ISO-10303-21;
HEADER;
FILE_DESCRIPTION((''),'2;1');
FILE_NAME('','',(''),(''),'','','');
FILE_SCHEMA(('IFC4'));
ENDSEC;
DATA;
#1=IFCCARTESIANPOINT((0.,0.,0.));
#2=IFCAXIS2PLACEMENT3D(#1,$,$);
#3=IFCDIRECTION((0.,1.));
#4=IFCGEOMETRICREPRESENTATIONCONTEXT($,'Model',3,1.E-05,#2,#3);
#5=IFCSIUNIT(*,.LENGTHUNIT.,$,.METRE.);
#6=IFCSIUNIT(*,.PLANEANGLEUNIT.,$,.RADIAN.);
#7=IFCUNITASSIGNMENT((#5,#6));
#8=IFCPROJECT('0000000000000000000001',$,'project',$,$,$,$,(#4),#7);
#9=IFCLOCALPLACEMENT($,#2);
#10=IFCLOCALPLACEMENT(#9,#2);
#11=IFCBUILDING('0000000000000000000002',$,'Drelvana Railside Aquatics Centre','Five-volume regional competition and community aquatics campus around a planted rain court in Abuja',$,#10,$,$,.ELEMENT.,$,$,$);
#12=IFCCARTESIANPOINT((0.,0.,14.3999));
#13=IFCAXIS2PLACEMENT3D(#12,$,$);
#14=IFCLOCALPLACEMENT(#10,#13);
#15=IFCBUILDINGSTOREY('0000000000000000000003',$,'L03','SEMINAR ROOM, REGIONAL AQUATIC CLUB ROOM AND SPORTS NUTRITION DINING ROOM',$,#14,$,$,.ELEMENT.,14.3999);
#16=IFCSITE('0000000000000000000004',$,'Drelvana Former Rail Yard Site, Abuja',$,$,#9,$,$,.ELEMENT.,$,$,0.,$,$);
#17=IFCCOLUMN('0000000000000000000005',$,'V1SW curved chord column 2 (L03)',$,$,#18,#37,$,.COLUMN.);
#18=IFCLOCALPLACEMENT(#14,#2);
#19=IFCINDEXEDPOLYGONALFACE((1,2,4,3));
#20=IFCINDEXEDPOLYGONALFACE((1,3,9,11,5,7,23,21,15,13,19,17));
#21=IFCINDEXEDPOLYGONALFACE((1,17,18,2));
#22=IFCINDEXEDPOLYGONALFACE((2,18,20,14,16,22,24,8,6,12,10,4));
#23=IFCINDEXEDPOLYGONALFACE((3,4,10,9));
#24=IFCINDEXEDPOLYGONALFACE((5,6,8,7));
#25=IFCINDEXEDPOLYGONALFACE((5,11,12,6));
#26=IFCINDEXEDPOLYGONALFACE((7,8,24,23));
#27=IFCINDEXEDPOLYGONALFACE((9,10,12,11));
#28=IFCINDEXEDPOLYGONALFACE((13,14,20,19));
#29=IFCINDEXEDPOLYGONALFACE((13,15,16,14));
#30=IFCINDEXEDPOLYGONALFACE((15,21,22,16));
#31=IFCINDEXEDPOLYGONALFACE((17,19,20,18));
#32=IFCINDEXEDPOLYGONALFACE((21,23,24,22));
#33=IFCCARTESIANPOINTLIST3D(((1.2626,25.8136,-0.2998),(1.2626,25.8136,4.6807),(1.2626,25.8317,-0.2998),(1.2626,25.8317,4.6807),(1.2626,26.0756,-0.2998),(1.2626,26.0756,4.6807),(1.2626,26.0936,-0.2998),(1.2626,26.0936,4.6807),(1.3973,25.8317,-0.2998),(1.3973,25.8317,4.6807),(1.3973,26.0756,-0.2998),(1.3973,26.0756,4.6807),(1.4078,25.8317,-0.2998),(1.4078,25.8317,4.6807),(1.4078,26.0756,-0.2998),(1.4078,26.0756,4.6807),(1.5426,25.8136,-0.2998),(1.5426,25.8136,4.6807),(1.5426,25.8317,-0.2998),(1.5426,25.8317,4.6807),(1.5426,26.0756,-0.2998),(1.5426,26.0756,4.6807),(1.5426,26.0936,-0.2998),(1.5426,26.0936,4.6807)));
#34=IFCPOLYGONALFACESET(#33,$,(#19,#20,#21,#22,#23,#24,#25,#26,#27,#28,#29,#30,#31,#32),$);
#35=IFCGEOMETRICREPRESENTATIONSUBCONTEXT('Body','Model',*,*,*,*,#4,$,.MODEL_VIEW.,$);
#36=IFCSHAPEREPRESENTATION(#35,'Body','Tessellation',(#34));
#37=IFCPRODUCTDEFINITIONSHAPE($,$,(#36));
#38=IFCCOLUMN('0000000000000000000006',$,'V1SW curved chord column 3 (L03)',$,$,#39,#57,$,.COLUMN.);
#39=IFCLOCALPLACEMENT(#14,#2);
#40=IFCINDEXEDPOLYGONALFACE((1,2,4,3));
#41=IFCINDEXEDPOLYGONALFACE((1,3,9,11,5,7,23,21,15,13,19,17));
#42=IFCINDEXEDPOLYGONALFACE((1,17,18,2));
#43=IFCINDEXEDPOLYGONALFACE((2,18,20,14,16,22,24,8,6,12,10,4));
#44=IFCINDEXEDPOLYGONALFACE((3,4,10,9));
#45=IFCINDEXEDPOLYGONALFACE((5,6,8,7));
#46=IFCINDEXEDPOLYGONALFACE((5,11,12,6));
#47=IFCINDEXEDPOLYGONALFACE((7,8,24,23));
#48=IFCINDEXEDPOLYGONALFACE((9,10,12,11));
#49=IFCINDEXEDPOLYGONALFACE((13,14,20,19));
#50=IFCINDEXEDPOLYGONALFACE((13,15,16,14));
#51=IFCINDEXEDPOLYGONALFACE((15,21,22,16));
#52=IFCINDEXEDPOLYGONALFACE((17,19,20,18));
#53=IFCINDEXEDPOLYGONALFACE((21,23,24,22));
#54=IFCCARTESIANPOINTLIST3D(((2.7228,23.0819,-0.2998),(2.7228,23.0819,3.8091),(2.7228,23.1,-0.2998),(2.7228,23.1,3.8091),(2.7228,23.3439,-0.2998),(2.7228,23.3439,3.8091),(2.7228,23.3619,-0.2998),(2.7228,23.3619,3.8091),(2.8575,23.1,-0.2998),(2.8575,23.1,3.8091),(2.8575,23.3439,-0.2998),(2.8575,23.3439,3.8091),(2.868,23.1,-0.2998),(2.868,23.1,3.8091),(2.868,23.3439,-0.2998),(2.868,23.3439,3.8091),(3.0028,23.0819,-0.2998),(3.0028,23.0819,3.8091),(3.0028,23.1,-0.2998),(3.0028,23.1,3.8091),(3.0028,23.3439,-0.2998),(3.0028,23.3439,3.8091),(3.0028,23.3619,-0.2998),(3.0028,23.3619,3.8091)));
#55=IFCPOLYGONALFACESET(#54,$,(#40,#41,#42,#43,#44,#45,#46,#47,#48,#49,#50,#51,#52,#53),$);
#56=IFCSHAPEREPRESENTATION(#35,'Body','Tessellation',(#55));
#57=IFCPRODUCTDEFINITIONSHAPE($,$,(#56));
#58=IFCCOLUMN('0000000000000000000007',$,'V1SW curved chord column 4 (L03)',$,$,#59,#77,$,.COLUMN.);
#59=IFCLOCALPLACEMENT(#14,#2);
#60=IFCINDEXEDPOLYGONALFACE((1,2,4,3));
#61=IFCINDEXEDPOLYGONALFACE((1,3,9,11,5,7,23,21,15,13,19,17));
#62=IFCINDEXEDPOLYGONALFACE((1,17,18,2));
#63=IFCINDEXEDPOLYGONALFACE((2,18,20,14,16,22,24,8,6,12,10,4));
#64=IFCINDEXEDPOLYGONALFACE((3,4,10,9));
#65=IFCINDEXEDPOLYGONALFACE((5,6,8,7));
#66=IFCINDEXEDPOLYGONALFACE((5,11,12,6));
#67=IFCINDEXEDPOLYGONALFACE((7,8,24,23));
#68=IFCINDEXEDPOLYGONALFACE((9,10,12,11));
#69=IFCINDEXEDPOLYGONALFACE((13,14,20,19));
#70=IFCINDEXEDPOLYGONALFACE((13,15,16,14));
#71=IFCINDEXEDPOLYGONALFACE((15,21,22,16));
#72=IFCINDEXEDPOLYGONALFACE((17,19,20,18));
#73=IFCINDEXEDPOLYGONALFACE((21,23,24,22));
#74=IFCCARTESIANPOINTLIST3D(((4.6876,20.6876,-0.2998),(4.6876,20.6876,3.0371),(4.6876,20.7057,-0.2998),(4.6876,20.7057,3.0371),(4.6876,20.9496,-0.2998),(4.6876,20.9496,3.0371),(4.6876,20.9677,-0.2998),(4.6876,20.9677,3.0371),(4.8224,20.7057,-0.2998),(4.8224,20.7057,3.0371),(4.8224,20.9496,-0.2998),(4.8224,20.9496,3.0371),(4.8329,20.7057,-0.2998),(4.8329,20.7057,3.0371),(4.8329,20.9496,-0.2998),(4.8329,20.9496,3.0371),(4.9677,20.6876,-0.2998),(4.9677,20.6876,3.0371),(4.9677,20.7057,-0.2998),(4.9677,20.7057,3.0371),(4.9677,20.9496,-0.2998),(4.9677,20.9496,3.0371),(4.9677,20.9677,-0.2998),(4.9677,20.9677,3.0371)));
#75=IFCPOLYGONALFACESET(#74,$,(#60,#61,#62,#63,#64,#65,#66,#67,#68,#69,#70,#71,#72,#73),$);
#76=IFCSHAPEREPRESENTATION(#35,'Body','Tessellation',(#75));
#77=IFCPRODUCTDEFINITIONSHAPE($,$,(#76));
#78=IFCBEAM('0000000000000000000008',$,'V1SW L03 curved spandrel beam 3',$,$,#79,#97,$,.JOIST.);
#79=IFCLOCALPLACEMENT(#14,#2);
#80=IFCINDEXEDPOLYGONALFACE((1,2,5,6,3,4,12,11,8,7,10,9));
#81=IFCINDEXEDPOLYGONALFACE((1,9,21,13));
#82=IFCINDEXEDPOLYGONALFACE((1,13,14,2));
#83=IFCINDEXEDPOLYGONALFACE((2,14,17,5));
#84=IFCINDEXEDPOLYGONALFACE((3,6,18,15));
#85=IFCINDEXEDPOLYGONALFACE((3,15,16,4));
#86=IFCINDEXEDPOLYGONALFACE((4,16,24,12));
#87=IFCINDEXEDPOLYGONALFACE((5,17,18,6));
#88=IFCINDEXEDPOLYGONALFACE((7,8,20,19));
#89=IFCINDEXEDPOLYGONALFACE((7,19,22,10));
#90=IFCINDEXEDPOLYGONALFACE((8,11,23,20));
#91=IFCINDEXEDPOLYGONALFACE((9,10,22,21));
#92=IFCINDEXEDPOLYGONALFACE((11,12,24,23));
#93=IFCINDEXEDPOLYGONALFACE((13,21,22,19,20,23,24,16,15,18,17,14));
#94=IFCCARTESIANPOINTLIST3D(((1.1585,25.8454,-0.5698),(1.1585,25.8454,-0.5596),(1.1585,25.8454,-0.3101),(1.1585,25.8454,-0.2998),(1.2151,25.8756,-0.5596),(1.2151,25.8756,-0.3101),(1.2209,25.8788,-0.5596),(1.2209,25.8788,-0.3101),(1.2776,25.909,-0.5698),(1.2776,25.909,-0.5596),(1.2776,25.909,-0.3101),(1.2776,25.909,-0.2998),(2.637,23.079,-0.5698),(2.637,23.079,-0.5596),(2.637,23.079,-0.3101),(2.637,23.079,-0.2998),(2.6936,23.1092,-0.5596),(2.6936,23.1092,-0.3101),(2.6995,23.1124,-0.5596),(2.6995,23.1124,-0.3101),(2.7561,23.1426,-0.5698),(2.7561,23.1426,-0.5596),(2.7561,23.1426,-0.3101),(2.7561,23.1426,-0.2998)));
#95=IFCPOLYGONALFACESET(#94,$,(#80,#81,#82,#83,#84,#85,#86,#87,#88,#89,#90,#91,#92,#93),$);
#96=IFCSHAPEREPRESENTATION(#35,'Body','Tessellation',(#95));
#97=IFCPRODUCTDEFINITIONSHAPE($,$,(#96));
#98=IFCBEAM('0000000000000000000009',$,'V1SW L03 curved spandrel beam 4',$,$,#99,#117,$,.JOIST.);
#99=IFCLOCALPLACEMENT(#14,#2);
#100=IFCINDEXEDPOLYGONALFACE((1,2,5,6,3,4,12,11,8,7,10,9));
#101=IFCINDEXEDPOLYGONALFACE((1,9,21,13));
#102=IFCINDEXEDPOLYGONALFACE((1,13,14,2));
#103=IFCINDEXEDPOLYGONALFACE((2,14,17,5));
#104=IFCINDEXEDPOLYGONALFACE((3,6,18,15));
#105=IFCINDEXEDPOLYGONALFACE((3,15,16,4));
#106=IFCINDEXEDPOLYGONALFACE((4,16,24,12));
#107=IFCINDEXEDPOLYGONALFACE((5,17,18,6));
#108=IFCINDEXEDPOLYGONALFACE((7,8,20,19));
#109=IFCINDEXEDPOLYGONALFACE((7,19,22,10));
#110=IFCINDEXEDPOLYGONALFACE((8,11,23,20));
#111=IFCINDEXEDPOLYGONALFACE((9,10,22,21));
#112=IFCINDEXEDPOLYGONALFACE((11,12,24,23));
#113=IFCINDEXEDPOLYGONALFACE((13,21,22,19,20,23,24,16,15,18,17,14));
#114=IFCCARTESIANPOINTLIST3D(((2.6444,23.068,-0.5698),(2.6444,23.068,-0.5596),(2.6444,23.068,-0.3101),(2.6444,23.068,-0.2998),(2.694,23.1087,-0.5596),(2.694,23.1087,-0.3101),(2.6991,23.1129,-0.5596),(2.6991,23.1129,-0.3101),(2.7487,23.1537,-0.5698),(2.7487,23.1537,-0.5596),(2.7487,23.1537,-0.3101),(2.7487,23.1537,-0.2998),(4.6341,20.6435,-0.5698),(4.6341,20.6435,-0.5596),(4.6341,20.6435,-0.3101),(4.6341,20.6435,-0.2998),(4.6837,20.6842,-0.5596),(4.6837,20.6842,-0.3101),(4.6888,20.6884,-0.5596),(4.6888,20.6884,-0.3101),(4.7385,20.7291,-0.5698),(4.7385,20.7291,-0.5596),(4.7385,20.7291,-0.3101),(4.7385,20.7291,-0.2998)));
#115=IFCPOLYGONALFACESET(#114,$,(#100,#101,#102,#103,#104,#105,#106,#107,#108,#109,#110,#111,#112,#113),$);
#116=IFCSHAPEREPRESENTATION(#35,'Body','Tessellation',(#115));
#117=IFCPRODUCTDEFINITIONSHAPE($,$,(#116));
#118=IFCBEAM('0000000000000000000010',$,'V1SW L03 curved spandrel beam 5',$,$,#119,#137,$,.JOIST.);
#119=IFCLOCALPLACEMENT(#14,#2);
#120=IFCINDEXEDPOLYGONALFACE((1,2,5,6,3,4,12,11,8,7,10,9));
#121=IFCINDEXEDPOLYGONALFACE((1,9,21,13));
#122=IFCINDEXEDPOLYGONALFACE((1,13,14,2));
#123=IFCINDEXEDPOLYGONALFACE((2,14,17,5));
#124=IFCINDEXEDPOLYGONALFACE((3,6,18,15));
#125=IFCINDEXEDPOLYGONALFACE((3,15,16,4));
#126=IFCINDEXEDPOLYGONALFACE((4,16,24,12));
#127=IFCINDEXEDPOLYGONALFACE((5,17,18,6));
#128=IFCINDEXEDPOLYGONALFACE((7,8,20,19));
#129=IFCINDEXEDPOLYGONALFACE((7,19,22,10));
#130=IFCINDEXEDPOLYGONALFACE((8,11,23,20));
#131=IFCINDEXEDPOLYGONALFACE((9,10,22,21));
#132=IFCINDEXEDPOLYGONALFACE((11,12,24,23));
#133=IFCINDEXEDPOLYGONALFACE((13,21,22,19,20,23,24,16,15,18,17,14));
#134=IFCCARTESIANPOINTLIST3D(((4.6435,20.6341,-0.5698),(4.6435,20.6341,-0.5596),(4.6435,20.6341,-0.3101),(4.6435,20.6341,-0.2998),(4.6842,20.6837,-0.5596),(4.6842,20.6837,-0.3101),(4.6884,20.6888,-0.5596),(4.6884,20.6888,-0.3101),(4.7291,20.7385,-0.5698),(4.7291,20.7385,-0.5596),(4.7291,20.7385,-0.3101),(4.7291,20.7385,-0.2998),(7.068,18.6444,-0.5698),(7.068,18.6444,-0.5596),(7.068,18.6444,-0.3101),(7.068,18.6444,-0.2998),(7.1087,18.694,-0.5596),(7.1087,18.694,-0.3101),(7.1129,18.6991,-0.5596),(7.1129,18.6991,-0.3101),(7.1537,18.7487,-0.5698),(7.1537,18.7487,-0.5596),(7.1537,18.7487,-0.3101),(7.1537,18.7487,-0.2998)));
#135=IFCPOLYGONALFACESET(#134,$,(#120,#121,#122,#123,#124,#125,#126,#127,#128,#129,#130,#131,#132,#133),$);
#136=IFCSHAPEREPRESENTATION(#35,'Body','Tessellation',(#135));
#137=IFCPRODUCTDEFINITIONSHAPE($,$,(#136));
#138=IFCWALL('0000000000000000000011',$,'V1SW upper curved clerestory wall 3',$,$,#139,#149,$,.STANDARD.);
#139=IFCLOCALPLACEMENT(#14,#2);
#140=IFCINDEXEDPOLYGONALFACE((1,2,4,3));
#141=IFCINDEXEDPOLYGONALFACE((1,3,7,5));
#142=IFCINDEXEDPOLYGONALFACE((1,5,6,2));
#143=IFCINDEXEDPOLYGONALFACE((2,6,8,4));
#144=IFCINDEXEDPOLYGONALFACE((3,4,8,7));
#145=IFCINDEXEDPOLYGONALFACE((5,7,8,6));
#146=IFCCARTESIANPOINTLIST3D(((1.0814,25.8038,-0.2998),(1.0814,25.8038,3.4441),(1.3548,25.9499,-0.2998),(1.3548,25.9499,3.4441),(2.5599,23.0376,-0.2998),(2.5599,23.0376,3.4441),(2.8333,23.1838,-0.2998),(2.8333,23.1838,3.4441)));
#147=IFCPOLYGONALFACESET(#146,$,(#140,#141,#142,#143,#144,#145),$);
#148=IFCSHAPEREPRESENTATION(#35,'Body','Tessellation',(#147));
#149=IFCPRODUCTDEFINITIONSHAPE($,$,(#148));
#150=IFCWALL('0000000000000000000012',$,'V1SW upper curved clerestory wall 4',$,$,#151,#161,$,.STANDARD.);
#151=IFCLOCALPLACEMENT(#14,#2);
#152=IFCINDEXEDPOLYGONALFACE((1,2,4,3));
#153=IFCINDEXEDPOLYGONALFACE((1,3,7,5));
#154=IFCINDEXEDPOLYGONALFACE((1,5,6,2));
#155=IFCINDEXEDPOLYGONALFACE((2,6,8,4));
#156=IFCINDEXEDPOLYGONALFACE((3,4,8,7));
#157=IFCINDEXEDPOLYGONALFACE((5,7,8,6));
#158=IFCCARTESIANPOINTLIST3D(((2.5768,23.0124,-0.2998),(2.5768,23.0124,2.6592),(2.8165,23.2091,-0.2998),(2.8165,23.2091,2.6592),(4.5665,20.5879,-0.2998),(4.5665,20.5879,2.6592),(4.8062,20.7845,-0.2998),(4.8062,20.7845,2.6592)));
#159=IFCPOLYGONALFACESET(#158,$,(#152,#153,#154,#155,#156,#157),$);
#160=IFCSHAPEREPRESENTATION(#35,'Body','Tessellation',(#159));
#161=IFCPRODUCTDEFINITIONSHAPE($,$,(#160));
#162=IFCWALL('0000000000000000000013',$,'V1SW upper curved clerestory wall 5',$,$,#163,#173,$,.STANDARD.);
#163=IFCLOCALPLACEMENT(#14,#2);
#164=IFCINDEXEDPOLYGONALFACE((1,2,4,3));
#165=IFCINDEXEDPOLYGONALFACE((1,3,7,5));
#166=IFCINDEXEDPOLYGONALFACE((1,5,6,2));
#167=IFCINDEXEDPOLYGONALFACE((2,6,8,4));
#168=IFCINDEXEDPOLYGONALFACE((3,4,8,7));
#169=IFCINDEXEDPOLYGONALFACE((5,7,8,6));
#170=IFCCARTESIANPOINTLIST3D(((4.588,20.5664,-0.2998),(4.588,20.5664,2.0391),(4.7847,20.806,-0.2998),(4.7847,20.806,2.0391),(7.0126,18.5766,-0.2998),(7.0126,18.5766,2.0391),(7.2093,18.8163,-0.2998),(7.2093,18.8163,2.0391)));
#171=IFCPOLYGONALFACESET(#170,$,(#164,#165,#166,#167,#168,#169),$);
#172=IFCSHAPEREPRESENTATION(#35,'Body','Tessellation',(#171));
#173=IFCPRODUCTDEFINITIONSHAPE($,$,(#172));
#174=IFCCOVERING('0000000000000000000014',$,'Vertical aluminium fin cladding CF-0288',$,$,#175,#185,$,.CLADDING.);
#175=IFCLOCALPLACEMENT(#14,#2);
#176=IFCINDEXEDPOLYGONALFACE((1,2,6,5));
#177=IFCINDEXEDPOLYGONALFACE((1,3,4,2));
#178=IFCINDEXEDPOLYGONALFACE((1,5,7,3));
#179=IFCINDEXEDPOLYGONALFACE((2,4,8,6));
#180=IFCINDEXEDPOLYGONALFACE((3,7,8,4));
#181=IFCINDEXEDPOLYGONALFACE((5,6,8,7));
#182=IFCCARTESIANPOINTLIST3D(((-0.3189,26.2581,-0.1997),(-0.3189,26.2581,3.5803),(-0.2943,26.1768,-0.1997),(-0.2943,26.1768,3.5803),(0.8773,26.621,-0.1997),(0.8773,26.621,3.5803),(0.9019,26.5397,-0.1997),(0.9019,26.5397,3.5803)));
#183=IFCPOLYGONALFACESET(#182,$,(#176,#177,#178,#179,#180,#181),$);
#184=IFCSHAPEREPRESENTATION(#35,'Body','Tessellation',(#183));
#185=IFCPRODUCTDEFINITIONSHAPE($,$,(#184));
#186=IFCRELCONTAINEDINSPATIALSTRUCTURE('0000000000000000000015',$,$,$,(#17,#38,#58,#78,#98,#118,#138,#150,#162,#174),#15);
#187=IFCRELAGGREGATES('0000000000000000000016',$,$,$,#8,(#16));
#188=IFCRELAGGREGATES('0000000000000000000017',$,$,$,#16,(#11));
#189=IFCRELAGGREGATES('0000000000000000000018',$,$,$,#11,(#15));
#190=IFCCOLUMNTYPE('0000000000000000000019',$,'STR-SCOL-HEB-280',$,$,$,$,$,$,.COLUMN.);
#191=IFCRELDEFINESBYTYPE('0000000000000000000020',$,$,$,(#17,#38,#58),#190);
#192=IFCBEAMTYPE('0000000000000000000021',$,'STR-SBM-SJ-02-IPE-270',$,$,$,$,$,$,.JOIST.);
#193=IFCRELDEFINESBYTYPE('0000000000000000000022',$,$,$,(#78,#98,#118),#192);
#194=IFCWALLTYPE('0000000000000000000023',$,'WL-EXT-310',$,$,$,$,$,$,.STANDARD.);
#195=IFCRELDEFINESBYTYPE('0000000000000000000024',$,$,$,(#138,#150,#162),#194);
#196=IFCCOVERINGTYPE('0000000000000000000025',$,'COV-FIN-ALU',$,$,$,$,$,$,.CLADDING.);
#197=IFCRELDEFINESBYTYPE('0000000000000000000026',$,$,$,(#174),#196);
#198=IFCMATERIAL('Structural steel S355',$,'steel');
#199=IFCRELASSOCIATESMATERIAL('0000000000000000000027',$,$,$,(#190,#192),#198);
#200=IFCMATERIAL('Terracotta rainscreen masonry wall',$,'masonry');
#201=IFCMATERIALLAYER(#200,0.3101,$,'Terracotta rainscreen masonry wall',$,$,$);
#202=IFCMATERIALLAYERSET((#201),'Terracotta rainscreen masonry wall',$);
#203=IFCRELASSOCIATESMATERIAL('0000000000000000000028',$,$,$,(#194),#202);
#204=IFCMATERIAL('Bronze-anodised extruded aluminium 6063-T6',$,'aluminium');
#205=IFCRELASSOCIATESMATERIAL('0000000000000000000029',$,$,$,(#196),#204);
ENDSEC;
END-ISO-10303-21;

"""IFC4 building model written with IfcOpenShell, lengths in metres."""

from ifc_helpers import new_model, si_unit, direction, frame, frame_2d, origin, origin_2d, place, context, subcontext, project, spatial, rectangle, i_section, extrude, material, layer, layer_set, material_profile, profile_set, type_object, element, save


model = new_model("IFC4")

# Units and contexts
model_context = context("Model", 3, precision=1e-05, world=origin(), true_north=direction((0.0, 1.0)))
body_context = subcontext(model_context, "Body", "Model", "MODEL_VIEW")
ifc_project = project(units=[si_unit("LENGTHUNIT", "METRE"), si_unit("PLANEANGLEUNIT", "RADIAN")], contexts=[model_context])

# Site, building, storey
site_placement = place(None, origin())
site = spatial("IfcSite", under=ifc_project, at=site_placement, Name="Drelvana Former Rail Yard Site, Abuja", CompositionType="ELEMENT", RefElevation=0.0)
building_placement = place(site_placement, origin())
building = spatial("IfcBuilding", under=site, at=building_placement, Name="Drelvana Railside Aquatics Centre", Description="Five-volume regional competition and community aquatics campus around a planted rain court in Abuja", CompositionType="ELEMENT")
storey_placement = place(building_placement, frame((0.0, 0.0, 14.3999)))
storey = spatial("IfcBuildingStorey", under=building, at=storey_placement, Name="L03", Description="SEMINAR ROOM, REGIONAL AQUATIC CLUB ROOM AND SPORTS NUTRITION DINING ROOM", CompositionType="ELEMENT", Elevation=14.3999)

# Columns
ifc_material_1 = material(Name="Structural steel S355", Category="steel")
ifc_material_profile_1 = material_profile(ifc_material_1, i_section(OverallWidth=0.28, OverallDepth=0.28, WebThickness=0.0105, FlangeThickness=0.0181, at=origin_2d()), Name="HEB 280")
ifc_profile_set_1 = profile_set([ifc_material_profile_1], Name="Structural steel S355")
column_type = type_object("IfcColumnType", Name="STR-SCOL-HEB-280", PredefinedType="COLUMN", material=ifc_profile_set_1)
column_1_placement = place(storey_placement, frame((1.4026, 25.9536, -0.2998), z_axis=(0.0, 0.0, 1.0), x_axis=(1.0, 0.0, 0.0)))
element("IfcColumn", 1, at=column_1_placement, inside=storey, type_object=column_type, Name="V1SW curved chord column 2 (L03)", PredefinedType="COLUMN", context=body_context, shape_type="SweptSolid", body=[
    extrude(i_section(OverallWidth=0.28, OverallDepth=0.28, WebThickness=0.0105, FlangeThickness=0.0181, at=origin_2d()), origin(), (0.0, 0.0, 1.0), 4.9805),
])
column_2_placement = place(storey_placement, frame((2.8628, 23.2219, -0.2998), z_axis=(0.0, 0.0, 1.0), x_axis=(1.0, 0.0, 0.0)))
element("IfcColumn", 2, at=column_2_placement, inside=storey, type_object=column_type, Name="V1SW curved chord column 3 (L03)", PredefinedType="COLUMN", context=body_context, shape_type="SweptSolid", body=[
    extrude(i_section(OverallWidth=0.28, OverallDepth=0.28, WebThickness=0.0105, FlangeThickness=0.0181, at=origin_2d()), origin(), (0.0, 0.0, 1.0), 4.1089),
])
column_3_placement = place(storey_placement, frame((4.8276, 20.8276, -0.2998), z_axis=(0.0, 0.0, 1.0), x_axis=(1.0, 0.0, 0.0)))
element("IfcColumn", 3, at=column_3_placement, inside=storey, type_object=column_type, Name="V1SW curved chord column 4 (L03)", PredefinedType="COLUMN", context=body_context, shape_type="SweptSolid", body=[
    extrude(i_section(OverallWidth=0.28, OverallDepth=0.28, WebThickness=0.0105, FlangeThickness=0.0181, at=origin_2d()), origin(), (0.0, 0.0, 1.0), 3.3369),
])

# Beams
ifc_material_profile_2 = material_profile(ifc_material_1, i_section(OverallWidth=0.135, OverallDepth=0.27, WebThickness=0.0066, FlangeThickness=0.0103, at=origin_2d()), Name="IPE 270")
ifc_profile_set_2 = profile_set([ifc_material_profile_2], Name="Structural steel S355")
beam_type = type_object("IfcBeamType", Name="STR-SBM-SJ-02-IPE-270", PredefinedType="JOIST", material=ifc_profile_set_2)
beam_placement = place(storey_placement, frame((1.218, 25.8772, -0.4348), z_axis=(0.471364, -0.881939, 0.0), x_axis=(0.881939, 0.471364, 0.0)))
element("IfcBeam", 4, at=beam_placement, inside=storey, type_object=beam_type, Name="V1SW L03 curved spandrel beam 3", PredefinedType="JOIST", context=body_context, shape_type="SweptSolid", body=[
    extrude(i_section(OverallWidth=0.135, OverallDepth=0.27, WebThickness=0.0066, FlangeThickness=0.0103, at=origin_2d()), origin(), (0.0, 0.0, 1.0), 3.1367),
])
for number, where, z_axis, x_axis, name in (
    (5, (2.6965, 23.1108, -0.4348), (0.634386, -0.773017, 0.0), (0.773017, 0.634386, 0.0), "V1SW L03 curved spandrel beam 4"),
    (6, (4.6863, 20.6863, -0.4348), (0.773017, -0.634386, 0.0), (0.634386, 0.773017, 0.0), "V1SW L03 curved spandrel beam 5"),
):
    element("IfcBeam", number, at=place(storey_placement, frame(where, z_axis=z_axis, x_axis=x_axis)), inside=storey, type_object=beam_type, Name=name, PredefinedType="JOIST", context=body_context, shape_type="SweptSolid", body=[
        extrude(i_section(OverallWidth=0.135, OverallDepth=0.27, WebThickness=0.0066, FlangeThickness=0.0103, at=origin_2d()), origin(), (0.0, 0.0, 1.0), 3.1365),
    ])

# Walls
ifc_material_2 = material(Name="Terracotta rainscreen masonry wall", Category="masonry")
ifc_layer = layer(ifc_material_2, 0.3101, Name="Terracotta rainscreen masonry wall")
ifc_layer_set = layer_set([ifc_layer], Name="Terracotta rainscreen masonry wall")
wall_type = type_object("IfcWallType", Name="WL-EXT-310", PredefinedType="STANDARD", material=ifc_layer_set)
wall_1_placement = place(storey_placement, frame((1.218, 25.877, -0.2998), z_axis=(0.0, 0.0, 1.0), x_axis=(0.471396, -0.881922, 0.0)))
element("IfcWall", 7, at=wall_1_placement, inside=storey, type_object=wall_type, Name="V1SW upper curved clerestory wall 3", PredefinedType="STANDARD", context=body_context, shape_type="SweptSolid", body=[
    extrude(rectangle(XDim=3.1365, YDim=0.3101, at=frame_2d((1.5684, 0.0))), origin(), (0.0, 0.0, 1.0), 3.7439),
])
wall_2_placement = place(storey_placement, frame((2.6965, 23.1108, -0.2998), z_axis=(0.0, 0.0, 1.0), x_axis=(0.634386, -0.773017, 0.0)))
element("IfcWall", 8, at=wall_2_placement, inside=storey, type_object=wall_type, Name="V1SW upper curved clerestory wall 4", PredefinedType="STANDARD", context=body_context, shape_type="SweptSolid", body=[
    extrude(rectangle(XDim=3.1365, YDim=0.3101, at=frame_2d((1.5684, 0.0))), origin(), (0.0, 0.0, 1.0), 2.959),
])
wall_3_placement = place(storey_placement, frame((4.6863, 20.6863, -0.2998), z_axis=(0.0, 0.0, 1.0), x_axis=(0.773017, -0.634386, 0.0)))
element("IfcWall", 9, at=wall_3_placement, inside=storey, type_object=wall_type, Name="V1SW upper curved clerestory wall 5", PredefinedType="STANDARD", context=body_context, shape_type="SweptSolid", body=[
    extrude(rectangle(XDim=3.1365, YDim=0.3101, at=frame_2d((1.5684, 0.0))), origin(), (0.0, 0.0, 1.0), 2.3389),
])

# Covering
ifc_material_3 = material(Name="Bronze-anodised extruded aluminium 6063-T6", Category="aluminium")
covering_type = type_object("IfcCoveringType", Name="COV-FIN-ALU", PredefinedType="CLADDING", material=ifc_material_3)
covering_placement = place(storey_placement, frame((0.2915, 26.3989, -0.1997), z_axis=(0.0, 0.0, 1.0), x_axis=(-0.290285, 0.95694, 0.0)))
element("IfcCovering", 10, at=covering_placement, inside=storey, type_object=covering_type, Name="Vertical aluminium fin cladding CF-0288", PredefinedType="CLADDING", context=body_context, shape_type="SweptSolid", body=[
    extrude(rectangle(XDim=0.085, YDim=1.25, at=origin_2d()), origin(), (0.0, 0.0, 1.0), 3.78),
])

save(model, "model.ifc")
